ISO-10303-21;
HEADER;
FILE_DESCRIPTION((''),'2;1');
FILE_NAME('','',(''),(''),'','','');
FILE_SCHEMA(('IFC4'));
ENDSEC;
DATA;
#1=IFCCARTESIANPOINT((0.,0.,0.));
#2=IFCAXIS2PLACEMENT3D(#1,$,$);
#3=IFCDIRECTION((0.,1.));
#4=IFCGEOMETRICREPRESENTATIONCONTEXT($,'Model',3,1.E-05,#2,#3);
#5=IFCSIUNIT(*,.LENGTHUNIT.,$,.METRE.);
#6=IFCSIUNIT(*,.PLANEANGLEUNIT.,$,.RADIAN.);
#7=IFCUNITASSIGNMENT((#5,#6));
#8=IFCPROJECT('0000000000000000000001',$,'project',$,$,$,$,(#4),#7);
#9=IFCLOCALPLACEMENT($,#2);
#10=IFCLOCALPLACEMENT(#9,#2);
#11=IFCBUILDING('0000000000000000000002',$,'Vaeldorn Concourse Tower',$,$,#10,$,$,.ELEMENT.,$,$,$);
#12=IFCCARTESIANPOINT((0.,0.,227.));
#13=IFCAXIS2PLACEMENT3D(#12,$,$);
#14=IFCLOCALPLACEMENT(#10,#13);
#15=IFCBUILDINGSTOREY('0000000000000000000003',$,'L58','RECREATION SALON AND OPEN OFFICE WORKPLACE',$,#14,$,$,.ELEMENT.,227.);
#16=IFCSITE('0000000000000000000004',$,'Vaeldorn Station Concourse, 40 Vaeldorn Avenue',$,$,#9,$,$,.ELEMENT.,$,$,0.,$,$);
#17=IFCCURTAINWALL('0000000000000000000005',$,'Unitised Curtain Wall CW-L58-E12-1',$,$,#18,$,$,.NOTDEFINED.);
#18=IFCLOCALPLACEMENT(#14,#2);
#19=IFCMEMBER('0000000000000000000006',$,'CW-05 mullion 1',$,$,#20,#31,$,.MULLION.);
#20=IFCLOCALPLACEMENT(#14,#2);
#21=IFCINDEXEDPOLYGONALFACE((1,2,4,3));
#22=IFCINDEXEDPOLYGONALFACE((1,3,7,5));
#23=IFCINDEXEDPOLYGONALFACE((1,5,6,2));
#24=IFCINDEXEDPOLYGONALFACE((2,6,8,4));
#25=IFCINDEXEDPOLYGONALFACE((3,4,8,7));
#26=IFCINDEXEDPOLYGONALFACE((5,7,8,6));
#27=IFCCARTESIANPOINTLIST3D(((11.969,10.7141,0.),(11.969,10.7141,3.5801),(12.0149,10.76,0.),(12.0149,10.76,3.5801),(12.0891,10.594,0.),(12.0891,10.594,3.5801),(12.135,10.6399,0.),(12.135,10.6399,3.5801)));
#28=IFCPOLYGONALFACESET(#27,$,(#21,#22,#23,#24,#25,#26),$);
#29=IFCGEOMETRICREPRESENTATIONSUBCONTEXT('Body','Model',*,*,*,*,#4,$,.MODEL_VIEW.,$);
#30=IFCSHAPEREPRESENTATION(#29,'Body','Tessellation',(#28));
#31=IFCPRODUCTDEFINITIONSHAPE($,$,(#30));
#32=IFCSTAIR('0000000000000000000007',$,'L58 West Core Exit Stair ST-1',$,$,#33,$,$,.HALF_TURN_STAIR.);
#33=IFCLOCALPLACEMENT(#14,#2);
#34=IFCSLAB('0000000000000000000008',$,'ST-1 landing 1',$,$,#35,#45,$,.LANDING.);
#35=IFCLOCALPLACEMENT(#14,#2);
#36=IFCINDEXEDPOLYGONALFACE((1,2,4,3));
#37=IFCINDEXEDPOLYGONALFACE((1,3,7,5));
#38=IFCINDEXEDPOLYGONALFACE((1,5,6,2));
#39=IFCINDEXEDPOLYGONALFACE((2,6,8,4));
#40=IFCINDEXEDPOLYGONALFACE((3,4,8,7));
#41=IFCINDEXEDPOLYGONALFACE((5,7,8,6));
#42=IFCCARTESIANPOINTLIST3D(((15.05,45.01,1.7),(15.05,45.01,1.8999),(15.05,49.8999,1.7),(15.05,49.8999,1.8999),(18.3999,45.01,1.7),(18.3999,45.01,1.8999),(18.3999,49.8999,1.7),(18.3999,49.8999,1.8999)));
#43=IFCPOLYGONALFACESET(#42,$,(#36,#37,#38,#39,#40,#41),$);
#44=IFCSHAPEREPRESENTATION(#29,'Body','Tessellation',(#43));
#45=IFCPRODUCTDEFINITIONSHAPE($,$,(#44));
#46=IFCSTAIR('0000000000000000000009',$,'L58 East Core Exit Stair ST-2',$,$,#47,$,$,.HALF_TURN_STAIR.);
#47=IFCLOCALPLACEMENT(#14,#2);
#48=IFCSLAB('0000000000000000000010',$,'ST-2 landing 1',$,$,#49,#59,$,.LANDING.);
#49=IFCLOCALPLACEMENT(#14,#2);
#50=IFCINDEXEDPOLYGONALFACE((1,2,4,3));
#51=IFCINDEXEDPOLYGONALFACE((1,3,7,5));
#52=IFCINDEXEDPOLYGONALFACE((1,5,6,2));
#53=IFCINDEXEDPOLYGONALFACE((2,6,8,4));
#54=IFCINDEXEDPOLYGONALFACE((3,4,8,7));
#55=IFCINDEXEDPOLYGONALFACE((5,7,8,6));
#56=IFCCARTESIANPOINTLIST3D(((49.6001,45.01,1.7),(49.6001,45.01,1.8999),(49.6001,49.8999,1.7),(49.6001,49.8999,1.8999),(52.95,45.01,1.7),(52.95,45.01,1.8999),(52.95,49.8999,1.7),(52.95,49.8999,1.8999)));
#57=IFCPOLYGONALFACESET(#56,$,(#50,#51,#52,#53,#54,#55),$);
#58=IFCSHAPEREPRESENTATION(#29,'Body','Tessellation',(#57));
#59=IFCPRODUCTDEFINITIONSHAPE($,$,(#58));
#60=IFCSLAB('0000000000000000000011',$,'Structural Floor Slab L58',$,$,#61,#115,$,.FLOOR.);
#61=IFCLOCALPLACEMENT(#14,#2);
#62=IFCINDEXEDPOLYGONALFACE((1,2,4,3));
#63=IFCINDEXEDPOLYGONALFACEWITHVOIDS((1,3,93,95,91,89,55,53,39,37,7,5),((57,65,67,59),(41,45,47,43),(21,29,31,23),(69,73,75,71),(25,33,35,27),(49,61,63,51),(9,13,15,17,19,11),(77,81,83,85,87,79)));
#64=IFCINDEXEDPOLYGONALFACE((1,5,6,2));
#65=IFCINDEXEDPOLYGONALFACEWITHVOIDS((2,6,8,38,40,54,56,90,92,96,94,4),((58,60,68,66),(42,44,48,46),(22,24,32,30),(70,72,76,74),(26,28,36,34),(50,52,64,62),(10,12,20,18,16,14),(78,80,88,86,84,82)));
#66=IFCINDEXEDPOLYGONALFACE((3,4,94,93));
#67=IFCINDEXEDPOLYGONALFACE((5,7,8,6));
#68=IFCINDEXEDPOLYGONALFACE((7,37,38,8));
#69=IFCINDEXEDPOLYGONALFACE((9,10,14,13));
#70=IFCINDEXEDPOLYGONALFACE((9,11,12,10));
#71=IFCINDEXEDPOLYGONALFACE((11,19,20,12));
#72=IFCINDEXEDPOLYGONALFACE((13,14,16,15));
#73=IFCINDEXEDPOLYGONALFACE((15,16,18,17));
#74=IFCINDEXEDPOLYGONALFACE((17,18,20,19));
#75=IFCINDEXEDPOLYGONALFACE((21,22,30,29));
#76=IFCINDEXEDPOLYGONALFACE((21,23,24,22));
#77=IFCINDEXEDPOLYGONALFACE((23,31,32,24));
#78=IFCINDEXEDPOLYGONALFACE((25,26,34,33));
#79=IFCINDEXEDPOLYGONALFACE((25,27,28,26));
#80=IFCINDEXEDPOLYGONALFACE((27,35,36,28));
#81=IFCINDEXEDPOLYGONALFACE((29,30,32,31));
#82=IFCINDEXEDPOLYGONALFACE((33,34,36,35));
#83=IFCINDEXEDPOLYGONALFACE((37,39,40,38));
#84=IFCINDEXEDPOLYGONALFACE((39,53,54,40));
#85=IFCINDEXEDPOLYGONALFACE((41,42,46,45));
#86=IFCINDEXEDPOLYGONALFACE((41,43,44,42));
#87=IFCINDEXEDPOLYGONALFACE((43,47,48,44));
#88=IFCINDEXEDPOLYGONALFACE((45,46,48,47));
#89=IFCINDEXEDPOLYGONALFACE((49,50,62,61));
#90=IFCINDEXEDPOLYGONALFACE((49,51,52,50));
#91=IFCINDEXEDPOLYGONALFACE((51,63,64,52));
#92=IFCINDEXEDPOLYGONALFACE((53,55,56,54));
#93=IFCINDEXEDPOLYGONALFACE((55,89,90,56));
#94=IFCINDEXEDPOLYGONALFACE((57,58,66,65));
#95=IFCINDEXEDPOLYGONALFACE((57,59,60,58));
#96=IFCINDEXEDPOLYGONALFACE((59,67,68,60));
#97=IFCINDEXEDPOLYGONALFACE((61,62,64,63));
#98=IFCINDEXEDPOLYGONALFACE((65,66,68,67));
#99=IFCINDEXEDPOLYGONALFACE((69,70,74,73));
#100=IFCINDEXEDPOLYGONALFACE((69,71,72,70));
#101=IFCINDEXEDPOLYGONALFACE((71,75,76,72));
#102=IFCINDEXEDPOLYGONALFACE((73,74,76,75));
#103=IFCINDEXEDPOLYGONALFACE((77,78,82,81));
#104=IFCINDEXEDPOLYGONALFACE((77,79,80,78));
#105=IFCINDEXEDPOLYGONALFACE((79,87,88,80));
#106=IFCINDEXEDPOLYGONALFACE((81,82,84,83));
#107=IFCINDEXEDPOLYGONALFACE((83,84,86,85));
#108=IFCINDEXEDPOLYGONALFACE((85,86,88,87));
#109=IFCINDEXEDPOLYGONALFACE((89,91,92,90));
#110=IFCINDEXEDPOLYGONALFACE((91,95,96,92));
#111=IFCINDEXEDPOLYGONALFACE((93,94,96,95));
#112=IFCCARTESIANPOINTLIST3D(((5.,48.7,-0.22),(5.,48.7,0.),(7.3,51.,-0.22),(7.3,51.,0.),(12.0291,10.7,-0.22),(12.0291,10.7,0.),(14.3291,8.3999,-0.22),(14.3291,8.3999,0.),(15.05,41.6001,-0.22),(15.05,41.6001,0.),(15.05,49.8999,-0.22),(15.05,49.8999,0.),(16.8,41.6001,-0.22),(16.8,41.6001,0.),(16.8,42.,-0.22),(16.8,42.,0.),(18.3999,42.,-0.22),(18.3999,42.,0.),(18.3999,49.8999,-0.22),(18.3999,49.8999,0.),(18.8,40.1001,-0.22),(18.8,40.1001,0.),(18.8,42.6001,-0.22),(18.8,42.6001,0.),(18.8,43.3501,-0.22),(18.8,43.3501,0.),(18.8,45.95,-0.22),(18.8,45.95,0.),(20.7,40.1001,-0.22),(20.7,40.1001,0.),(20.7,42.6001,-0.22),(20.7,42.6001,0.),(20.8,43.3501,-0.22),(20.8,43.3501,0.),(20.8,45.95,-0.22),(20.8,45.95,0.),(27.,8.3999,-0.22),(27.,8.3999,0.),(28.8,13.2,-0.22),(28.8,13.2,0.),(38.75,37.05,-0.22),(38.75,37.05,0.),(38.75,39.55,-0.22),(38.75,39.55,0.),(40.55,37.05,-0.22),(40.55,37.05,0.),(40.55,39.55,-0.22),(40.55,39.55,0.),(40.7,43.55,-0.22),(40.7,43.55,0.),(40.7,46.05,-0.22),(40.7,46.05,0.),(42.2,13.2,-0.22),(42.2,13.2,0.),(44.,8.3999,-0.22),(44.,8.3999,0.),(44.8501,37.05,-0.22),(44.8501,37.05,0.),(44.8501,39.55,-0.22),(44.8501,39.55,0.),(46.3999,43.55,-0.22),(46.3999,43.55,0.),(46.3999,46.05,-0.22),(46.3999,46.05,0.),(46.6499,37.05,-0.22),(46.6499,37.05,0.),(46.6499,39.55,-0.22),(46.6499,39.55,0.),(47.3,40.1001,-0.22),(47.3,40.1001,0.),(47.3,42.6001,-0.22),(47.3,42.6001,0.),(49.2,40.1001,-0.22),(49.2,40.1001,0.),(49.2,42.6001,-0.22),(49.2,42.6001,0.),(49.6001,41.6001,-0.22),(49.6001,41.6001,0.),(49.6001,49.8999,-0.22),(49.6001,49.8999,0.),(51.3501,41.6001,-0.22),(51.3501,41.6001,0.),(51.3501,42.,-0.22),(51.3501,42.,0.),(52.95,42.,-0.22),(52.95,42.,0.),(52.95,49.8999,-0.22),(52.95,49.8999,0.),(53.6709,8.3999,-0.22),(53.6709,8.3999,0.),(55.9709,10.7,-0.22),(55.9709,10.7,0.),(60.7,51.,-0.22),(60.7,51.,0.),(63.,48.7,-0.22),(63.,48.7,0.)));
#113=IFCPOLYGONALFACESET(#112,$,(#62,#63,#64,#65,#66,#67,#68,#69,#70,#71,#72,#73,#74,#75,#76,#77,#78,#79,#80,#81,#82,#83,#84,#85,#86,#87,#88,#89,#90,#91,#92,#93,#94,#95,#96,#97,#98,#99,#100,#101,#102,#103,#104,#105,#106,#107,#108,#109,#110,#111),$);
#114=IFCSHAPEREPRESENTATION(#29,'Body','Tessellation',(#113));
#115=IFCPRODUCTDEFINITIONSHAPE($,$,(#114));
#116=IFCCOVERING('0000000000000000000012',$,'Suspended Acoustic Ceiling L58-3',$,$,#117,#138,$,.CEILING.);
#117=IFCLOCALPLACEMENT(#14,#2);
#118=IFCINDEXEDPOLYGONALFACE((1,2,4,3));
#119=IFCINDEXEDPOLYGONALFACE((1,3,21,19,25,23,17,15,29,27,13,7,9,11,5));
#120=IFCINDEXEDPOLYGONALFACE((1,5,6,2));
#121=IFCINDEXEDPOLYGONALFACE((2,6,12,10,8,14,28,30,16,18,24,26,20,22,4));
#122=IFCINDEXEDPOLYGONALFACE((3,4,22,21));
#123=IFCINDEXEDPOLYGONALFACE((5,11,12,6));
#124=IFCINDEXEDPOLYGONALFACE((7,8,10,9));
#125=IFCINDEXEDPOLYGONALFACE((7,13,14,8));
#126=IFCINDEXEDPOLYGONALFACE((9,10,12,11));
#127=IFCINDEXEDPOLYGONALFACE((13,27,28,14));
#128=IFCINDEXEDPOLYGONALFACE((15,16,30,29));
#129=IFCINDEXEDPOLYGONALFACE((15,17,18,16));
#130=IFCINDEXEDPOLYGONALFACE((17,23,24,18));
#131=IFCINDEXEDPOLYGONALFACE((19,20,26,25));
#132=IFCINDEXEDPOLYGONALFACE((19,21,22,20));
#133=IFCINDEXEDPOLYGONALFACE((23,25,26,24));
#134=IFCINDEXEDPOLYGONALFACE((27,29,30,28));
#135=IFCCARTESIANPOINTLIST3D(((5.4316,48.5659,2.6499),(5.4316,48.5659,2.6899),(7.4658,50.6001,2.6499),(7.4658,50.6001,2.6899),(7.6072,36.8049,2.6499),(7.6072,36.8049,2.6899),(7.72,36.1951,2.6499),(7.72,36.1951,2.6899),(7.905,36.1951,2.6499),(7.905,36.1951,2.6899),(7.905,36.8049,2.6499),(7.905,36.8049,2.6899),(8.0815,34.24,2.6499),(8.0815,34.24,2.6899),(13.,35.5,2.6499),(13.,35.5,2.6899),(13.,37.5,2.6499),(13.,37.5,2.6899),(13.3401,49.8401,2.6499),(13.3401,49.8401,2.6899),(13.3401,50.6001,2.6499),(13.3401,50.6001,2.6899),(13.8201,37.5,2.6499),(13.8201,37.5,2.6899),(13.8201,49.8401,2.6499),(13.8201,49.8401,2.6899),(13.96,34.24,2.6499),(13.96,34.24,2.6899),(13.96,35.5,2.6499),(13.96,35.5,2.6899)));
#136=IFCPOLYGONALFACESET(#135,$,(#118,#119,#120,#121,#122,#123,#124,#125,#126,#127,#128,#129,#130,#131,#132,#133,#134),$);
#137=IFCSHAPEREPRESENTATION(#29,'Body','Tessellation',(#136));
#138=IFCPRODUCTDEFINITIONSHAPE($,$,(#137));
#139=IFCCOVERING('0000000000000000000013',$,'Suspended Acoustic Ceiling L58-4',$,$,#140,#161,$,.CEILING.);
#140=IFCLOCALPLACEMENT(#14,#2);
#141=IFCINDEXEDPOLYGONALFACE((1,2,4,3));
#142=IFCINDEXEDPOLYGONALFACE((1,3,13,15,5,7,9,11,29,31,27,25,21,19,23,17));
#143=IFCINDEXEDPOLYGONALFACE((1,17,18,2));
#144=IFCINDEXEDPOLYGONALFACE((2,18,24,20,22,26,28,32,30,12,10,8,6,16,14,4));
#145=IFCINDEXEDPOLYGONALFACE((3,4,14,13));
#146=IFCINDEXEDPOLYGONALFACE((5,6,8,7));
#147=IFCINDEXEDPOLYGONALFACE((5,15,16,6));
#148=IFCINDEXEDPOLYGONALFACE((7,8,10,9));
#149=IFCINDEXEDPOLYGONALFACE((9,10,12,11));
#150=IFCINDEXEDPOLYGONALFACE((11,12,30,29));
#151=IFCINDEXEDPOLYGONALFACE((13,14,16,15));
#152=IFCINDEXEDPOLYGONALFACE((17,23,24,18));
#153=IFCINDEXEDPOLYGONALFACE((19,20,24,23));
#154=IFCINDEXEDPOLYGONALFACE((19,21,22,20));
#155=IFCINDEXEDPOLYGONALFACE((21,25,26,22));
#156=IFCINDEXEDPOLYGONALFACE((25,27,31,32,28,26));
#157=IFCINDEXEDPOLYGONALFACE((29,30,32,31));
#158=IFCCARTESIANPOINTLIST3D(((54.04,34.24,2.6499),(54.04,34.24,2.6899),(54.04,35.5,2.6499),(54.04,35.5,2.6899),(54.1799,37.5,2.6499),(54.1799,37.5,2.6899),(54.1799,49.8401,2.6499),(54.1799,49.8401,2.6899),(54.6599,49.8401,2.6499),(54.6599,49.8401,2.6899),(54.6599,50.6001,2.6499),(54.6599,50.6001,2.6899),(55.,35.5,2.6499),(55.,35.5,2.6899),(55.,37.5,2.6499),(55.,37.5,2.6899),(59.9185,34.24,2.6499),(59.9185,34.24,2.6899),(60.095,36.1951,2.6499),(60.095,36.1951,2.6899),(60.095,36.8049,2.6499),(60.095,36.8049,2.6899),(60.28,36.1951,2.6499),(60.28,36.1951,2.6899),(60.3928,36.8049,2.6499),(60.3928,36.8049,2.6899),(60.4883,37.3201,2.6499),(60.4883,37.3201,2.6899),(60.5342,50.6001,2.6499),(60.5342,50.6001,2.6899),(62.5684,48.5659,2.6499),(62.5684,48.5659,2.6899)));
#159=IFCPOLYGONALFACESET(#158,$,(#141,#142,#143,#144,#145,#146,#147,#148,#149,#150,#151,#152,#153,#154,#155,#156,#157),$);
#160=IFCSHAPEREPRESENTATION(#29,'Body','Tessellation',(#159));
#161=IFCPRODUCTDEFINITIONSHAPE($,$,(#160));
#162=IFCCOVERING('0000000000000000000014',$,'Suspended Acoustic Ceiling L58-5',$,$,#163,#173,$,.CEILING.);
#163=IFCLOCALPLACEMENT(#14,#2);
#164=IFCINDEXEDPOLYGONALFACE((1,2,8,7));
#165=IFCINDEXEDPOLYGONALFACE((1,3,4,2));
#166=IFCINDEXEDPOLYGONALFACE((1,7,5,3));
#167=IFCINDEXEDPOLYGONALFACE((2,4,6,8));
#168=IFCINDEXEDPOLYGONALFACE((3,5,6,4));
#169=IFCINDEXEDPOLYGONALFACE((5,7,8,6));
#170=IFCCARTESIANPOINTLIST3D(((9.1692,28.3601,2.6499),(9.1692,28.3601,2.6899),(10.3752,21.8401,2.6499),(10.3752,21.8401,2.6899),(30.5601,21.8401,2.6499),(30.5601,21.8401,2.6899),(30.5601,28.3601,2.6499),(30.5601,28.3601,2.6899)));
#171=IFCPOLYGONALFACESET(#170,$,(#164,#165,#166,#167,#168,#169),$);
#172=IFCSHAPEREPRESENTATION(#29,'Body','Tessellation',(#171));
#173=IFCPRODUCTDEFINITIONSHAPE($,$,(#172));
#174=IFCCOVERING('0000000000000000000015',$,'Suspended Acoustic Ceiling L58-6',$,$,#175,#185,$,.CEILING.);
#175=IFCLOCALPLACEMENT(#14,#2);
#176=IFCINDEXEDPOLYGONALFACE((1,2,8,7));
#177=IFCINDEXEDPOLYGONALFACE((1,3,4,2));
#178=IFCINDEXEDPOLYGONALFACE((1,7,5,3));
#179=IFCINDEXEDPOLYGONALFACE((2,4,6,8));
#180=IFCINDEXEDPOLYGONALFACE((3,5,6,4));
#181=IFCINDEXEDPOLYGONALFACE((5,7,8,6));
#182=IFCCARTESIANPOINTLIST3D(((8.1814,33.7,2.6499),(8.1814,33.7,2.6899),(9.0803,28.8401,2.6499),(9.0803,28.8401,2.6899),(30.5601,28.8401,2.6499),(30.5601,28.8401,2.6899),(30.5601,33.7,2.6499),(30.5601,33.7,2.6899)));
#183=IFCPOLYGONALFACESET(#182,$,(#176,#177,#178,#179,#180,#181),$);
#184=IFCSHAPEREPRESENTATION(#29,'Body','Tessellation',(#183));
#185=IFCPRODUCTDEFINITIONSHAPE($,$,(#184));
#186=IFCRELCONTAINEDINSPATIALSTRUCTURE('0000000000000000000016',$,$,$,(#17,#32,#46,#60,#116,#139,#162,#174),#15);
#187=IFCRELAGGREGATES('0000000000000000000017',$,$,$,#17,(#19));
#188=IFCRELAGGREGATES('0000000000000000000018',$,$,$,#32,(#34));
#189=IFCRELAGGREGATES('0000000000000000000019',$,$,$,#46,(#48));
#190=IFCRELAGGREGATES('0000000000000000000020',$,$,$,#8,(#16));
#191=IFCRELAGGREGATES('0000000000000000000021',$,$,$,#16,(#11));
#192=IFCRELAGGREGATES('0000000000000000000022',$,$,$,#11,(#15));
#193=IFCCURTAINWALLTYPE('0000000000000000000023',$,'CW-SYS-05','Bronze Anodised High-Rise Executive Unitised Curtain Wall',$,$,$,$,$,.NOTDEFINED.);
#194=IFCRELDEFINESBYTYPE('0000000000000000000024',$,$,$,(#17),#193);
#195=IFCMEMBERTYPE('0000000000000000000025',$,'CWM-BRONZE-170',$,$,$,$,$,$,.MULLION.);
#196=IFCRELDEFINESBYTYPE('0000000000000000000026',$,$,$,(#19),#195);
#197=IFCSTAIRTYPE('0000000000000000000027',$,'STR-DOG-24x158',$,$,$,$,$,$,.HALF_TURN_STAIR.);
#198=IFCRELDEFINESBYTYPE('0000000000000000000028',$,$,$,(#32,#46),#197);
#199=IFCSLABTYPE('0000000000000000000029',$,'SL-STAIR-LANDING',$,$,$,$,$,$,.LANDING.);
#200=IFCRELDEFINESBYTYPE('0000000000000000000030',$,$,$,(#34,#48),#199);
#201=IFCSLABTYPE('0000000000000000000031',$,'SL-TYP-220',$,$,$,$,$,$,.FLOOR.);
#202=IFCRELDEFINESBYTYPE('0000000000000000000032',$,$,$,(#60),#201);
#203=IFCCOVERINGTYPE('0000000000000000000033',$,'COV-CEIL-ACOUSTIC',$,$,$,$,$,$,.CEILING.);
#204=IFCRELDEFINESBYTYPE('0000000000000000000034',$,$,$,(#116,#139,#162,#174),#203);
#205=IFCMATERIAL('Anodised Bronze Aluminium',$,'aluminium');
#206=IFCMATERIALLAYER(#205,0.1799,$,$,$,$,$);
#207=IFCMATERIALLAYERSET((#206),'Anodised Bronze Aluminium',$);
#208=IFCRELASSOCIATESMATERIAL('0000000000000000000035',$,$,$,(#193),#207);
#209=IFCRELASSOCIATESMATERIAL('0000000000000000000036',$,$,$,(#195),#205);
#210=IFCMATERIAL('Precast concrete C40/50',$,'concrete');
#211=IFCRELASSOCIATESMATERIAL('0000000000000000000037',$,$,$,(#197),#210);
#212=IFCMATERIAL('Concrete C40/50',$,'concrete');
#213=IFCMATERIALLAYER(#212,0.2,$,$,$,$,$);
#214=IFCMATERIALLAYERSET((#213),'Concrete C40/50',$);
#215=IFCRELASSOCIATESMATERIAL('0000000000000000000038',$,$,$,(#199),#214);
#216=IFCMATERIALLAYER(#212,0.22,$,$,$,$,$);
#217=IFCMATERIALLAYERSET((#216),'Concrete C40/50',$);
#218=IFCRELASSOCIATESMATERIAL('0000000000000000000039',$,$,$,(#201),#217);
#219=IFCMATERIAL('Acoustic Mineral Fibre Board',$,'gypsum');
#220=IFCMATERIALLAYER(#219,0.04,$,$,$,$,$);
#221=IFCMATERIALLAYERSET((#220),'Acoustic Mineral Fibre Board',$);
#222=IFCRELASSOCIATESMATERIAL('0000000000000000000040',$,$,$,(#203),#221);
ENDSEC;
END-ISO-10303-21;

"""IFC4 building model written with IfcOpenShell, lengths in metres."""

from ifc_helpers import new_model, si_unit, direction, frame, origin, origin_2d, place, context, subcontext, project, spatial, polyline, rectangle, outline, extrude, source, transform, mapped, material, layer, layer_set, material_profile, profile_set, type_object, element, aggregate, save


model = new_model("IFC4")

# Units and contexts
model_context = context("Model", 3, precision=1e-05, world=origin(), true_north=direction((0.0, 1.0)))
body_context = subcontext(model_context, "Body", "Model", "MODEL_VIEW")
ifc_project = project(units=[si_unit("LENGTHUNIT", "METRE"), si_unit("PLANEANGLEUNIT", "RADIAN")], contexts=[model_context])

# Site, building, storey
site_placement = place(None, origin())
site = spatial("IfcSite", under=ifc_project, at=site_placement, Name="Vaeldorn Station Concourse, 40 Vaeldorn Avenue", CompositionType="ELEMENT", RefElevation=0.0)
building_placement = place(site_placement, origin())
building = spatial("IfcBuilding", under=site, at=building_placement, Name="Vaeldorn Concourse Tower", CompositionType="ELEMENT")
storey_placement = place(building_placement, frame((0.0, 0.0, 227.0)))
storey = spatial("IfcBuildingStorey", under=building, at=storey_placement, Name="L58", Description="RECREATION SALON AND OPEN OFFICE WORKPLACE", CompositionType="ELEMENT", Elevation=227.0)

# Curtain wall, member
ifc_material_1 = material(Name="Anodised Bronze Aluminium", Category="aluminium")
ifc_layer_1 = layer(ifc_material_1, 0.1799)
ifc_layer_set_1 = layer_set([ifc_layer_1], Name="Anodised Bronze Aluminium")
curtain_wall_type = type_object("IfcCurtainWallType", Name="CW-SYS-05", Description="Bronze Anodised High-Rise Executive Unitised Curtain Wall", PredefinedType="NOTDEFINED", material=ifc_layer_set_1)
curtain_wall_placement = place(storey_placement, origin())
curtain_wall = element("IfcCurtainWall", 1, at=curtain_wall_placement, inside=storey, type_object=curtain_wall_type, Name="Unitised Curtain Wall CW-L58-E12-1", PredefinedType="NOTDEFINED")
ifc_material_profile = material_profile(ifc_material_1, rectangle(XDim=0.0649, YDim=0.1699, at=origin_2d()), Name="CWM 65x170")
ifc_profile_set = profile_set([ifc_material_profile], Name="Anodised Bronze Aluminium")
member_type = type_object("IfcMemberType", Name="CWM-BRONZE-170", PredefinedType="MULLION", material=ifc_profile_set)
shared_shape = source(origin(), body_context, "Body", "SweptSolid", [
    extrude(rectangle(XDim=0.0649, YDim=0.1699, at=origin_2d()), origin(), (0.0, 0.0, 1.0), 3.5801),
])
member_placement = place(storey_placement, frame((12.052, 10.677, 0.0), z_axis=(0.0, 0.0, 1.0), x_axis=(0.707107, 0.707107, 0.0)))
member = element("IfcMember", 2, at=member_placement, type_object=member_type, Name="CW-05 mullion 1", PredefinedType="MULLION", context=body_context, shape_type="MappedRepresentation", body=[
    mapped(shared_shape, transform((0.0, 0.0, 0.0), scale=1.0)),
])
aggregate(curtain_wall, [member])

# Stairs, slabs
ifc_material_2 = material(Name="Precast concrete C40/50", Category="concrete")
stair_type = type_object("IfcStairType", Name="STR-DOG-24x158", PredefinedType="HALF_TURN_STAIR", material=ifc_material_2)
stair_1_placement = place(storey_placement, origin())
stair_1 = element("IfcStair", 3, at=stair_1_placement, inside=storey, type_object=stair_type, Name="L58 West Core Exit Stair ST-1", PredefinedType="HALF_TURN_STAIR")
ifc_material_3 = material(Name="Concrete C40/50", Category="concrete")
ifc_layer_2 = layer(ifc_material_3, 0.2)
ifc_layer_set_2 = layer_set([ifc_layer_2], Name="Concrete C40/50")
slab_type_1 = type_object("IfcSlabType", Name="SL-STAIR-LANDING", PredefinedType="LANDING", material=ifc_layer_set_2)
slab_1_placement = place(storey_placement, frame((0.0, 0.0, 1.7)))
slab_1 = element("IfcSlab", 4, at=slab_1_placement, type_object=slab_type_1, Name="ST-1 landing 1", PredefinedType="LANDING", context=body_context, shape_type="SweptSolid", body=[
    extrude(outline(polyline([(18.3999, 45.01), (18.3999, 49.8999), (15.05, 49.8999), (15.05, 45.01), (18.3999, 45.01)])), origin(), (0.0, 0.0, 1.0), 0.2),
])
aggregate(stair_1, [slab_1])
stair_2_placement = place(storey_placement, origin())
stair_2 = element("IfcStair", 5, at=stair_2_placement, inside=storey, type_object=stair_type, Name="L58 East Core Exit Stair ST-2", PredefinedType="HALF_TURN_STAIR")
slab_2_placement = place(storey_placement, frame((0.0, 0.0, 1.7)))
slab_2 = element("IfcSlab", 6, at=slab_2_placement, type_object=slab_type_1, Name="ST-2 landing 1", PredefinedType="LANDING", context=body_context, shape_type="SweptSolid", body=[
    extrude(outline(polyline([(52.95, 45.01), (52.95, 49.8999), (49.6001, 49.8999), (49.6001, 45.01), (52.95, 45.01)])), origin(), (0.0, 0.0, 1.0), 0.2),
])
aggregate(stair_2, [slab_2])

# Slab
ifc_layer_3 = layer(ifc_material_3, 0.22)
ifc_layer_set_3 = layer_set([ifc_layer_3], Name="Concrete C40/50")
slab_type_2 = type_object("IfcSlabType", Name="SL-TYP-220", PredefinedType="FLOOR", material=ifc_layer_set_3)
slab_3_placement = place(storey_placement, frame((0.0, 0.0, -0.22)))
element("IfcSlab", 7, at=slab_3_placement, inside=storey, type_object=slab_type_2, Name="Structural Floor Slab L58", PredefinedType="FLOOR", context=body_context, shape_type="SweptSolid", body=[
    extrude(outline(polyline([(14.3291, 8.3999), (27.0, 8.3999), (28.8, 13.2), (42.2, 13.2), (44.0, 8.3999), (53.6709, 8.3999), (55.9709, 10.7), (63.0, 48.7), (60.7, 51.0), (7.3, 51.0), (5.0, 48.7), (12.0291, 10.7), (14.3291, 8.3999)]), holes=[polyline([(18.3999, 42.0), (18.3999, 49.8999), (15.05, 49.8999), (15.05, 41.6001), (16.8, 41.6001), (16.8, 42.0), (18.3999, 42.0)]), polyline([(52.95, 42.0), (52.95, 49.8999), (49.6001, 49.8999), (49.6001, 41.6001), (51.3501, 41.6001), (51.3501, 42.0), (52.95, 42.0)]), polyline([(38.75, 37.05), (40.55, 37.05), (40.55, 39.55), (38.75, 39.55), (38.75, 37.05)]), polyline([(44.8501, 37.05), (46.6499, 37.05), (46.6499, 39.55), (44.8501, 39.55), (44.8501, 37.05)]), polyline([(40.7, 43.55), (46.3999, 43.55), (46.3999, 46.05), (40.7, 46.05), (40.7, 43.55)]), polyline([(18.8, 43.3501), (20.8, 43.3501), (20.8, 45.95), (18.8, 45.95), (18.8, 43.3501)]), polyline([(18.8, 40.1001), (20.7, 40.1001), (20.7, 42.6001), (18.8, 42.6001), (18.8, 40.1001)]), polyline([(47.3, 40.1001), (49.2, 40.1001), (49.2, 42.6001), (47.3, 42.6001), (47.3, 40.1001)])]), origin(), (0.0, 0.0, 1.0), 0.22),
])

# Coverings
ifc_material_4 = material(Name="Acoustic Mineral Fibre Board", Category="gypsum")
ifc_layer_4 = layer(ifc_material_4, 0.04)
ifc_layer_set_4 = layer_set([ifc_layer_4], Name="Acoustic Mineral Fibre Board")
covering_type_1 = type_object("IfcCoveringType", Name="COV-CEIL-ACOUSTIC", PredefinedType="CEILING", material=ifc_layer_set_4)
covering_1_placement = place(storey_placement, frame((0.0, 0.0, 2.6499)))
element("IfcCovering", 8, at=covering_1_placement, inside=storey, type_object=covering_type_1, Name="Suspended Acoustic Ceiling L58-3", PredefinedType="CEILING", context=body_context, shape_type="SweptSolid", body=[
    extrude(outline(polyline([(7.4658, 50.6001), (13.3401, 50.6001), (13.3401, 49.8401), (13.8201, 49.8401), (13.8201, 37.5), (13.0, 37.5), (13.0, 35.5), (13.96, 35.5), (13.96, 34.24), (8.0815, 34.24), (7.72, 36.1951), (7.905, 36.1951), (7.905, 36.8049), (7.6072, 36.8049), (5.4316, 48.5659), (7.4658, 50.6001)])), origin(), (0.0, 0.0, 1.0), 0.04),
])
covering_2_placement = place(storey_placement, frame((0.0, 0.0, 2.6499)))
element("IfcCovering", 9, at=covering_2_placement, inside=storey, type_object=covering_type_1, Name="Suspended Acoustic Ceiling L58-4", PredefinedType="CEILING", context=body_context, shape_type="SweptSolid", body=[
    extrude(outline(polyline([(54.1799, 49.8401), (54.6599, 49.8401), (54.6599, 50.6001), (60.5342, 50.6001), (62.5684, 48.5659), (60.4883, 37.3201), (60.4883, 37.3201), (60.3928, 36.8049), (60.095, 36.8049), (60.095, 36.1951), (60.28, 36.1951), (59.9185, 34.24), (54.04, 34.24), (54.04, 35.5), (55.0, 35.5), (55.0, 37.5), (54.1799, 37.5), (54.1799, 49.8401)])), origin(), (0.0, 0.0, 1.0), 0.04),
])
covering_3_placement = place(storey_placement, frame((0.0, 0.0, 2.6499)))
element("IfcCovering", 10, at=covering_3_placement, inside=storey, type_object=covering_type_1, Name="Suspended Acoustic Ceiling L58-5", PredefinedType="CEILING", context=body_context, shape_type="SweptSolid", body=[
    extrude(outline(polyline([(30.5601, 28.3601), (30.5601, 21.8401), (10.3752, 21.8401), (9.1692, 28.3601), (30.5601, 28.3601)])), origin(), (0.0, 0.0, 1.0), 0.04),
])
covering_4_placement = place(storey_placement, frame((0.0, 0.0, 2.6499)))
element("IfcCovering", 11, at=covering_4_placement, inside=storey, type_object=covering_type_1, Name="Suspended Acoustic Ceiling L58-6", PredefinedType="CEILING", context=body_context, shape_type="SweptSolid", body=[
    extrude(outline(polyline([(30.5601, 33.7), (30.5601, 28.8401), (9.0803, 28.8401), (8.1814, 33.7), (30.5601, 33.7)])), origin(), (0.0, 0.0, 1.0), 0.04),
])

save(model, "model.ifc")
